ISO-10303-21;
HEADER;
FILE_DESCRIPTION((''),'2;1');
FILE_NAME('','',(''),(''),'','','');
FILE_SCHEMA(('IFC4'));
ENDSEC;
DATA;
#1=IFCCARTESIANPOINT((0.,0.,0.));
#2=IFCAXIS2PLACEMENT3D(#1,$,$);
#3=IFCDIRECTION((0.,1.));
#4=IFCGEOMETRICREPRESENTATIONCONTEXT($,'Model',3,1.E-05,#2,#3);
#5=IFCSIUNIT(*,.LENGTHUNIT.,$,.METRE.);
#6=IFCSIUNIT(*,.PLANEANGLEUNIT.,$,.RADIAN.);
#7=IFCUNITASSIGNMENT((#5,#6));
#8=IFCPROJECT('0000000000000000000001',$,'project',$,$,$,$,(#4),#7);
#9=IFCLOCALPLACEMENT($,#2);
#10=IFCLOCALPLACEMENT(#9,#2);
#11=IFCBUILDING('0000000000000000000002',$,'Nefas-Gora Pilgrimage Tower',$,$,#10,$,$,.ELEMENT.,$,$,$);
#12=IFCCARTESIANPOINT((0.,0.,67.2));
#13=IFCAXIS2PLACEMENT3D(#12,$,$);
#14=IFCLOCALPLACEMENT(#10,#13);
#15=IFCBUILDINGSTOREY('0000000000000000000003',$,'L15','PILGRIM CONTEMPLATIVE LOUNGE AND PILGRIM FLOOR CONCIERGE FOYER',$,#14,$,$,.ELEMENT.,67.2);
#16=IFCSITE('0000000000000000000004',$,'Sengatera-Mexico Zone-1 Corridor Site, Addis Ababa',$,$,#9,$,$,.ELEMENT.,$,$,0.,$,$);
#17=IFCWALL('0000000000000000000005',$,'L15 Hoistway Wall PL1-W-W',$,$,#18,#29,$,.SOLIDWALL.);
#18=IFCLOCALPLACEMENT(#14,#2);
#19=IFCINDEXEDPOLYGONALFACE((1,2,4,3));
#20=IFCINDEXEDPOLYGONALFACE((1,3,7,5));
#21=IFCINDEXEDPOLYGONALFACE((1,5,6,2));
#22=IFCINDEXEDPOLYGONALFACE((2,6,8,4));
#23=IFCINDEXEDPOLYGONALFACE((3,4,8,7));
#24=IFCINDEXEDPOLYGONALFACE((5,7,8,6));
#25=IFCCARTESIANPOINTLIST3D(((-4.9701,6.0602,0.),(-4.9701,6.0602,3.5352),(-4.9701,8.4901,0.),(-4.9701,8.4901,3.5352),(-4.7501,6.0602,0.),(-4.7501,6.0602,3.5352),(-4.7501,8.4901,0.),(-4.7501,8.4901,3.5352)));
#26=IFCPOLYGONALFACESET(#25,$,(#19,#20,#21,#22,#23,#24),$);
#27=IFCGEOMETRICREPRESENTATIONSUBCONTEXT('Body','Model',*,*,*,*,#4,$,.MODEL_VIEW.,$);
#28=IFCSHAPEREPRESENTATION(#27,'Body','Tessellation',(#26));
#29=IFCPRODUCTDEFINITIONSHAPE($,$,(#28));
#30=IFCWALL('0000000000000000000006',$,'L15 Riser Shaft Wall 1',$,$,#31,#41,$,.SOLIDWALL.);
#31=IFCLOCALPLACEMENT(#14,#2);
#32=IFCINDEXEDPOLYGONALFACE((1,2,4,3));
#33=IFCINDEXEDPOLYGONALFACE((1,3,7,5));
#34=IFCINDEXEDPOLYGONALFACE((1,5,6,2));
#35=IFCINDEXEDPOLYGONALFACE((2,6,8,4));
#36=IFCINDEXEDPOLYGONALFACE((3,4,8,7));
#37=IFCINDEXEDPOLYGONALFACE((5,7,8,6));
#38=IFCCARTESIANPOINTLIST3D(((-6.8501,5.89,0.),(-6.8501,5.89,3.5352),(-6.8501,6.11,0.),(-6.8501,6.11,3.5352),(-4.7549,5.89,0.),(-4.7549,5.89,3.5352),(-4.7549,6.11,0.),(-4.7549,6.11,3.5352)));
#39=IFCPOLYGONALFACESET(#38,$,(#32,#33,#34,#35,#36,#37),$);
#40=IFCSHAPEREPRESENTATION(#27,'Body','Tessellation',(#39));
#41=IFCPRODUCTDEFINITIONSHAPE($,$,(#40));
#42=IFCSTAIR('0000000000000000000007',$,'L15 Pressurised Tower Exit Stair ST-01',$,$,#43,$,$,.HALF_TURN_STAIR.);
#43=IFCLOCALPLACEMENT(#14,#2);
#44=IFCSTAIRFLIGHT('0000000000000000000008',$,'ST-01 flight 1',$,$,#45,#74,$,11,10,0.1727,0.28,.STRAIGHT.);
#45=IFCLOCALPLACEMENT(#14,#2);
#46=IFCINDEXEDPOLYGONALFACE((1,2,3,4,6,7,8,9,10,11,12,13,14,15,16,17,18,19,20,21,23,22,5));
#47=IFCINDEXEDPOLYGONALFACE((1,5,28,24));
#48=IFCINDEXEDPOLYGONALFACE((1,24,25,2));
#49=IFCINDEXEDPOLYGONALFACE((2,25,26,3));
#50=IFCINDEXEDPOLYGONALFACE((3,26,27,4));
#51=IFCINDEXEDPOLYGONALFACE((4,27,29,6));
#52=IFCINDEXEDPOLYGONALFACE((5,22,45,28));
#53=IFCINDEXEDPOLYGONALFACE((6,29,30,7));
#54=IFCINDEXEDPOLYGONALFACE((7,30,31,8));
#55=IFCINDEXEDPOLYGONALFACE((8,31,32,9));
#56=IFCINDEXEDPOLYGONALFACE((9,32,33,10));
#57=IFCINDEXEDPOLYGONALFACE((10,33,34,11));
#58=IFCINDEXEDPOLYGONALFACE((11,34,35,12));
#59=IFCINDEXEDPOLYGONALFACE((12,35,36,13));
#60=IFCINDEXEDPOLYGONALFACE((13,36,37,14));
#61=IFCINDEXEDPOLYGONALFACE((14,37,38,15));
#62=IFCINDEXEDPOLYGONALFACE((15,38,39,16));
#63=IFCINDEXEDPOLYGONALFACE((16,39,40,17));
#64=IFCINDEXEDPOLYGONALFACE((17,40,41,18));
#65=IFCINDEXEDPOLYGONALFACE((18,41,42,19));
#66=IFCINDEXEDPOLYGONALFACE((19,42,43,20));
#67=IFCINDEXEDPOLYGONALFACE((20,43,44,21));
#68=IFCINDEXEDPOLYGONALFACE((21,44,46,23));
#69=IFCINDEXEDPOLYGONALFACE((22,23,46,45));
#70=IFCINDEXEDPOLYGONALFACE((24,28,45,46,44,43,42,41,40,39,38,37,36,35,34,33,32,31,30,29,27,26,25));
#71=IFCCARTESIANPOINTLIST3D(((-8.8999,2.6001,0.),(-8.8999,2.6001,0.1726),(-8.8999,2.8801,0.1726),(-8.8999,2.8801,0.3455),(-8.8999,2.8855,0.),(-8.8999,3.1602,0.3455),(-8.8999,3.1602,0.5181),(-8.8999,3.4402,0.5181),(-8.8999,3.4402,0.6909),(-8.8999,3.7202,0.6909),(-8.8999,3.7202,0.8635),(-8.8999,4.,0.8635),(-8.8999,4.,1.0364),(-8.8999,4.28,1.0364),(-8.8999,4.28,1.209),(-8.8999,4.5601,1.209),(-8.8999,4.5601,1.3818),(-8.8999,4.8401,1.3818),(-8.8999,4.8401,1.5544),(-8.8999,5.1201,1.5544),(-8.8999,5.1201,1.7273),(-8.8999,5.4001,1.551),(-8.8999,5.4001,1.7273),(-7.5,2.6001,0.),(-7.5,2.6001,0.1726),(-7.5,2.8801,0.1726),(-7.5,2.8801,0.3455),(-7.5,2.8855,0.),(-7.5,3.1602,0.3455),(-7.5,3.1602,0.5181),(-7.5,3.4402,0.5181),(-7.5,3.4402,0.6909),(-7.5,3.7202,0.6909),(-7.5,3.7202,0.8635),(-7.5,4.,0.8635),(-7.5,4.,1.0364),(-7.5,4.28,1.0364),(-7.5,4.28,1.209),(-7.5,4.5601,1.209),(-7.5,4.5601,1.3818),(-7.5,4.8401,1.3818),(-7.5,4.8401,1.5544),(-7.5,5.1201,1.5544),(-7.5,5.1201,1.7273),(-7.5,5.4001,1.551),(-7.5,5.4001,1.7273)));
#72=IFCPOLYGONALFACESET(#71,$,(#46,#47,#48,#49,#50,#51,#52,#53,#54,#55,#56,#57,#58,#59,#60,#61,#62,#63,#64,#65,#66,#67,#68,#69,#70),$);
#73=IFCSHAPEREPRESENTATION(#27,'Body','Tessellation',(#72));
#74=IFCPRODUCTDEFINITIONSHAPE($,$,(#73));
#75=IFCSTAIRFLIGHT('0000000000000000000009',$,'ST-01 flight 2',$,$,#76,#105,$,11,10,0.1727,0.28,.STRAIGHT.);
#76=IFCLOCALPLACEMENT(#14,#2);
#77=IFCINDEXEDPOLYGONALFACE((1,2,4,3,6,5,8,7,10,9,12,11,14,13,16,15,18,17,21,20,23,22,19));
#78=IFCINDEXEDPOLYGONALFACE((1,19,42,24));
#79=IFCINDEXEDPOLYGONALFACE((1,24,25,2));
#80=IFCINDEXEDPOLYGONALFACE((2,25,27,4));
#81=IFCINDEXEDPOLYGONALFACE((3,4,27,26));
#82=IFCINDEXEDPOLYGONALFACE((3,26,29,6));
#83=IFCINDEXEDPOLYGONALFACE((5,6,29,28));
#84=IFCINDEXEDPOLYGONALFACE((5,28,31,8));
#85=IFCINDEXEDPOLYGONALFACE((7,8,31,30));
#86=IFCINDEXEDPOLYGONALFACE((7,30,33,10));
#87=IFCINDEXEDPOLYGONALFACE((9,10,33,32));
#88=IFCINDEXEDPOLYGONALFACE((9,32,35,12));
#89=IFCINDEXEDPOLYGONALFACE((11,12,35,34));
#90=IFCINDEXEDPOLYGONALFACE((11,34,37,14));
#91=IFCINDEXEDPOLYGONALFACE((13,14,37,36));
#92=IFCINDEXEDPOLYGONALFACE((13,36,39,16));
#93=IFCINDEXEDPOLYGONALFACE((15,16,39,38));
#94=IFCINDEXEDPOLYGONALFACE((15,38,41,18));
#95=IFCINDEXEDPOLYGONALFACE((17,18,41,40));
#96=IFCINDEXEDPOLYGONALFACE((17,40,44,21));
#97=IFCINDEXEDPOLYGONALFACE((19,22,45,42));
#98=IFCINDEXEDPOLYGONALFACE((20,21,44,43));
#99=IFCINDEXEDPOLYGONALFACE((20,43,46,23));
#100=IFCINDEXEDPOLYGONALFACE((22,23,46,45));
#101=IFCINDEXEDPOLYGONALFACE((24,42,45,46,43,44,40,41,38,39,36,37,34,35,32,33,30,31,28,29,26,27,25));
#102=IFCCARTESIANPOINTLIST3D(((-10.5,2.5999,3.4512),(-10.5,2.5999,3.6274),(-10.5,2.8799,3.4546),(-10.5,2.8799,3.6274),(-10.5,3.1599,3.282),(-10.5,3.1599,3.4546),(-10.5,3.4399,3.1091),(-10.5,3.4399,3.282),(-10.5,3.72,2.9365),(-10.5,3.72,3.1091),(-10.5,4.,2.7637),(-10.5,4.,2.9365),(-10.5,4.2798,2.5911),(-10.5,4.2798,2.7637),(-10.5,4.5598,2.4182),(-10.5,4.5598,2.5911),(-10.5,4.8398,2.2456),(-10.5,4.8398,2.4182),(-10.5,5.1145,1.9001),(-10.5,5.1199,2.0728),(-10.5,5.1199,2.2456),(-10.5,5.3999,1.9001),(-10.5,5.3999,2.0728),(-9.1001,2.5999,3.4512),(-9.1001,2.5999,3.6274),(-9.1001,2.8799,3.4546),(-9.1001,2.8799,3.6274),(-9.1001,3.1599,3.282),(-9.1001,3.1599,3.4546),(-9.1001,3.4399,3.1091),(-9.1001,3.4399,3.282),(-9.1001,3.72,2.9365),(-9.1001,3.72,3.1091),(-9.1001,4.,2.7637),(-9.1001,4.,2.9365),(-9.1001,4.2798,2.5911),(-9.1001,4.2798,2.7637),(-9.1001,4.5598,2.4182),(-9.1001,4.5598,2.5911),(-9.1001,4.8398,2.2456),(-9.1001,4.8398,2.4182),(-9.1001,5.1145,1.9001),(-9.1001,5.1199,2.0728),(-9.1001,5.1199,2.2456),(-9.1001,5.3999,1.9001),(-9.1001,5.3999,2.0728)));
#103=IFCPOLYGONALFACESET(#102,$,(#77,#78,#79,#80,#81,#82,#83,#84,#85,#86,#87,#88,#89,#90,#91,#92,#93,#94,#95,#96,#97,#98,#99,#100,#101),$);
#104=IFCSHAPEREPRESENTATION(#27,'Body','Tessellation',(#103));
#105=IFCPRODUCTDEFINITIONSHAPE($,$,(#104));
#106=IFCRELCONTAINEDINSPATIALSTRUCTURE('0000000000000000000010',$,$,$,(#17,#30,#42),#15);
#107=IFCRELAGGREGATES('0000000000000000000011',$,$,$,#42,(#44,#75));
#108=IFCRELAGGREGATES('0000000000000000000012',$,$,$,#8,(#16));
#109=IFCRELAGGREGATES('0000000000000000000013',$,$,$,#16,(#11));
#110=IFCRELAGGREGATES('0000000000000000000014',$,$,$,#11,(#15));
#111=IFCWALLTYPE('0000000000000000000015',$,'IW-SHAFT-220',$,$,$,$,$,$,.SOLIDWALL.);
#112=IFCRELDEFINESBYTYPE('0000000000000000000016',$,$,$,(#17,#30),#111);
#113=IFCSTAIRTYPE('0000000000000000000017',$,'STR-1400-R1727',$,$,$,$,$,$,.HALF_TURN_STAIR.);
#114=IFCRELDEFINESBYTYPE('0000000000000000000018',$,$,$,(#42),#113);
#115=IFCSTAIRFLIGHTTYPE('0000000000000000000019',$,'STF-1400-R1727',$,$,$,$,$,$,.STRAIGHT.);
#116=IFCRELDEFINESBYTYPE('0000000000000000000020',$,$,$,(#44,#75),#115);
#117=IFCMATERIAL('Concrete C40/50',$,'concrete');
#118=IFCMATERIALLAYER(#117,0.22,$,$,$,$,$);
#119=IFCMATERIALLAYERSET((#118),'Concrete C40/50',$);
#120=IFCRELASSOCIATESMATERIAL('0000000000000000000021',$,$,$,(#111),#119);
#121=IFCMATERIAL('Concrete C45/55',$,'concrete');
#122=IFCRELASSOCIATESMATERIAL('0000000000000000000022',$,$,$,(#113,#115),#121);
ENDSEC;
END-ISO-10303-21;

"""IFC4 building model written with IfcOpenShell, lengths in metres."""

from ifc_helpers import new_model, si_unit, direction, frame, frame_2d, origin, place, context, subcontext, project, spatial, polyline, rectangle, outline, extrude, source, transform, mapped, material, layer, layer_set, type_object, element, aggregate, save


model = new_model("IFC4")

# Units and contexts
model_context = context("Model", 3, precision=1e-05, world=origin(), true_north=direction((0.0, 1.0)))
body_context = subcontext(model_context, "Body", "Model", "MODEL_VIEW")
ifc_project = project(units=[si_unit("LENGTHUNIT", "METRE"), si_unit("PLANEANGLEUNIT", "RADIAN")], contexts=[model_context])

# Site, building, storey
site_placement = place(None, origin())
site = spatial("IfcSite", under=ifc_project, at=site_placement, Name="Sengatera-Mexico Zone-1 Corridor Site, Addis Ababa", CompositionType="ELEMENT", RefElevation=0.0)
building_placement = place(site_placement, origin())
building = spatial("IfcBuilding", under=site, at=building_placement, Name="Nefas-Gora Pilgrimage Tower", CompositionType="ELEMENT")
storey_placement = place(building_placement, frame((0.0, 0.0, 67.2)))
storey = spatial("IfcBuildingStorey", under=building, at=storey_placement, Name="L15", Description="PILGRIM CONTEMPLATIVE LOUNGE AND PILGRIM FLOOR CONCIERGE FOYER", CompositionType="ELEMENT", Elevation=67.2)

# Shared definitions
ifc_material_1 = material(Name="Concrete C45/55", Category="concrete")

# Shared definitions
ifc_material_2 = material(Name="Concrete C40/50", Category="concrete")
ifc_layer_1 = layer(ifc_material_2, 0.22)
ifc_layer_set_1 = layer_set([ifc_layer_1], Name="Concrete C40/50")
wall_type_1 = type_object("IfcWallType", Name="IW-SHAFT-220", PredefinedType="SOLIDWALL", material=ifc_layer_set_1)

# Walls
shared_shape_1 = source(origin(), body_context, "Body", "SweptSolid", [
    extrude(rectangle(XDim=2.4299, YDim=0.22, at=frame_2d((1.2148, 0.0))), origin(), (0.0, 0.0, 1.0), 3.5352),
])
wall_1_placement = place(storey_placement, frame((-4.8601, 8.49, 0.0), z_axis=(0.0, 0.0, 1.0), x_axis=(0.0, -1.0, 0.0)))
element("IfcWall", 1, at=wall_1_placement, inside=storey, type_object=wall_type_1, Name="L15 Hoistway Wall PL1-W-W", PredefinedType="SOLIDWALL", context=body_context, shape_type="MappedRepresentation", body=[
    mapped(shared_shape_1, transform((0.0, 0.0, 0.0), x_axis=(1.0, 0.0, 0.0), y_axis=(0.0, 1.0, 0.0), z_axis=(0.0, 0.0, 1.0), scale=1.0)),
])
shared_shape_2 = source(origin(), body_context, "Body", "SweptSolid", [
    extrude(rectangle(XDim=2.0952, YDim=0.22, at=frame_2d((1.0476, 0.0))), origin(), (0.0, 0.0, 1.0), 3.5352),
])
wall_2_placement = place(storey_placement, frame((-6.8501, 6.0, 0.0), z_axis=(0.0, 0.0, 1.0), x_axis=(1.0, 0.0, 0.0)))
element("IfcWall", 2, at=wall_2_placement, inside=storey, type_object=wall_type_1, Name="L15 Riser Shaft Wall 1", PredefinedType="SOLIDWALL", context=body_context, shape_type="MappedRepresentation", body=[
    mapped(shared_shape_2, transform((0.0, 0.0, 0.0), x_axis=(1.0, 0.0, 0.0), y_axis=(0.0, 1.0, 0.0), z_axis=(0.0, 0.0, 1.0), scale=1.0)),
])

# Stair, stair flights
stair_type = type_object("IfcStairType", Name="STR-1400-R1727", PredefinedType="HALF_TURN_STAIR", material=ifc_material_1)
stair_placement = place(storey_placement, origin())
stair = element("IfcStair", 3, at=stair_placement, inside=storey, type_object=stair_type, Name="L15 Pressurised Tower Exit Stair ST-01", PredefinedType="HALF_TURN_STAIR")
stair_flight_type = type_object("IfcStairFlightType", Name="STF-1400-R1727", PredefinedType="STRAIGHT", material=ifc_material_1)
shared_shape_3 = source(origin(), body_context, "Body", "SweptSolid", [
    extrude(outline(polyline([(0.0, 0.0), (0.0, 0.1726), (0.28, 0.1726), (0.28, 0.3455), (0.5601, 0.3455), (0.5601, 0.5181), (0.8401, 0.5181), (0.8401, 0.6909), (1.1201, 0.6909), (1.1201, 0.8635), (1.3999, 0.8635), (1.3999, 1.0364), (1.6799, 1.0364), (1.6799, 1.209), (1.96, 1.209), (1.96, 1.3818), (2.24, 1.3818), (2.24, 1.5544), (2.52, 1.5544), (2.52, 1.7273), (2.8, 1.7273), (2.8, 1.8999), (2.8, 1.551), (0.2854, 0.0), (0.0, 0.0)])), frame((0.0, 0.7, 0.0), z_axis=(0.0, -1.0, 0.0), x_axis=(1.0, 0.0, 0.0)), (0.0, 0.0, 1.0), 1.3999),
])
stair_flight_1_placement = place(storey_placement, frame((-8.2, 2.6001, 0.0), z_axis=(0.0, 0.0, 1.0), x_axis=(0.0, 1.0, 0.0)))
stair_flight_1 = element("IfcStairFlight", 4, at=stair_flight_1_placement, type_object=stair_flight_type, Name="ST-01 flight 1", NumberOfRisers=11, NumberOfTreads=10, PredefinedType="STRAIGHT", RiserHeight=0.1727, TreadLength=0.28, context=body_context, shape_type="MappedRepresentation", body=[
    mapped(shared_shape_3, transform((0.0, 0.0, 0.0), x_axis=(1.0, 0.0, 0.0), y_axis=(0.0, 1.0, 0.0), z_axis=(0.0, 0.0, 1.0), scale=1.0)),
])
stair_flight_2_placement = place(storey_placement, frame((-9.8, 5.3999, 1.9001), z_axis=(0.0, 0.0, 1.0), x_axis=(0.0, -1.0, 0.0)))
stair_flight_2 = element("IfcStairFlight", 5, at=stair_flight_2_placement, type_object=stair_flight_type, Name="ST-01 flight 2", NumberOfRisers=11, NumberOfTreads=10, PredefinedType="STRAIGHT", RiserHeight=0.1727, TreadLength=0.28, context=body_context, shape_type="MappedRepresentation", body=[
    mapped(shared_shape_3, transform((0.0, 0.0, 0.0), x_axis=(1.0, 0.0, 0.0), y_axis=(0.0, 1.0, 0.0), z_axis=(0.0, 0.0, 1.0), scale=1.0)),
])
aggregate(stair, [stair_flight_1, stair_flight_2])

save(model, "model.ifc")
